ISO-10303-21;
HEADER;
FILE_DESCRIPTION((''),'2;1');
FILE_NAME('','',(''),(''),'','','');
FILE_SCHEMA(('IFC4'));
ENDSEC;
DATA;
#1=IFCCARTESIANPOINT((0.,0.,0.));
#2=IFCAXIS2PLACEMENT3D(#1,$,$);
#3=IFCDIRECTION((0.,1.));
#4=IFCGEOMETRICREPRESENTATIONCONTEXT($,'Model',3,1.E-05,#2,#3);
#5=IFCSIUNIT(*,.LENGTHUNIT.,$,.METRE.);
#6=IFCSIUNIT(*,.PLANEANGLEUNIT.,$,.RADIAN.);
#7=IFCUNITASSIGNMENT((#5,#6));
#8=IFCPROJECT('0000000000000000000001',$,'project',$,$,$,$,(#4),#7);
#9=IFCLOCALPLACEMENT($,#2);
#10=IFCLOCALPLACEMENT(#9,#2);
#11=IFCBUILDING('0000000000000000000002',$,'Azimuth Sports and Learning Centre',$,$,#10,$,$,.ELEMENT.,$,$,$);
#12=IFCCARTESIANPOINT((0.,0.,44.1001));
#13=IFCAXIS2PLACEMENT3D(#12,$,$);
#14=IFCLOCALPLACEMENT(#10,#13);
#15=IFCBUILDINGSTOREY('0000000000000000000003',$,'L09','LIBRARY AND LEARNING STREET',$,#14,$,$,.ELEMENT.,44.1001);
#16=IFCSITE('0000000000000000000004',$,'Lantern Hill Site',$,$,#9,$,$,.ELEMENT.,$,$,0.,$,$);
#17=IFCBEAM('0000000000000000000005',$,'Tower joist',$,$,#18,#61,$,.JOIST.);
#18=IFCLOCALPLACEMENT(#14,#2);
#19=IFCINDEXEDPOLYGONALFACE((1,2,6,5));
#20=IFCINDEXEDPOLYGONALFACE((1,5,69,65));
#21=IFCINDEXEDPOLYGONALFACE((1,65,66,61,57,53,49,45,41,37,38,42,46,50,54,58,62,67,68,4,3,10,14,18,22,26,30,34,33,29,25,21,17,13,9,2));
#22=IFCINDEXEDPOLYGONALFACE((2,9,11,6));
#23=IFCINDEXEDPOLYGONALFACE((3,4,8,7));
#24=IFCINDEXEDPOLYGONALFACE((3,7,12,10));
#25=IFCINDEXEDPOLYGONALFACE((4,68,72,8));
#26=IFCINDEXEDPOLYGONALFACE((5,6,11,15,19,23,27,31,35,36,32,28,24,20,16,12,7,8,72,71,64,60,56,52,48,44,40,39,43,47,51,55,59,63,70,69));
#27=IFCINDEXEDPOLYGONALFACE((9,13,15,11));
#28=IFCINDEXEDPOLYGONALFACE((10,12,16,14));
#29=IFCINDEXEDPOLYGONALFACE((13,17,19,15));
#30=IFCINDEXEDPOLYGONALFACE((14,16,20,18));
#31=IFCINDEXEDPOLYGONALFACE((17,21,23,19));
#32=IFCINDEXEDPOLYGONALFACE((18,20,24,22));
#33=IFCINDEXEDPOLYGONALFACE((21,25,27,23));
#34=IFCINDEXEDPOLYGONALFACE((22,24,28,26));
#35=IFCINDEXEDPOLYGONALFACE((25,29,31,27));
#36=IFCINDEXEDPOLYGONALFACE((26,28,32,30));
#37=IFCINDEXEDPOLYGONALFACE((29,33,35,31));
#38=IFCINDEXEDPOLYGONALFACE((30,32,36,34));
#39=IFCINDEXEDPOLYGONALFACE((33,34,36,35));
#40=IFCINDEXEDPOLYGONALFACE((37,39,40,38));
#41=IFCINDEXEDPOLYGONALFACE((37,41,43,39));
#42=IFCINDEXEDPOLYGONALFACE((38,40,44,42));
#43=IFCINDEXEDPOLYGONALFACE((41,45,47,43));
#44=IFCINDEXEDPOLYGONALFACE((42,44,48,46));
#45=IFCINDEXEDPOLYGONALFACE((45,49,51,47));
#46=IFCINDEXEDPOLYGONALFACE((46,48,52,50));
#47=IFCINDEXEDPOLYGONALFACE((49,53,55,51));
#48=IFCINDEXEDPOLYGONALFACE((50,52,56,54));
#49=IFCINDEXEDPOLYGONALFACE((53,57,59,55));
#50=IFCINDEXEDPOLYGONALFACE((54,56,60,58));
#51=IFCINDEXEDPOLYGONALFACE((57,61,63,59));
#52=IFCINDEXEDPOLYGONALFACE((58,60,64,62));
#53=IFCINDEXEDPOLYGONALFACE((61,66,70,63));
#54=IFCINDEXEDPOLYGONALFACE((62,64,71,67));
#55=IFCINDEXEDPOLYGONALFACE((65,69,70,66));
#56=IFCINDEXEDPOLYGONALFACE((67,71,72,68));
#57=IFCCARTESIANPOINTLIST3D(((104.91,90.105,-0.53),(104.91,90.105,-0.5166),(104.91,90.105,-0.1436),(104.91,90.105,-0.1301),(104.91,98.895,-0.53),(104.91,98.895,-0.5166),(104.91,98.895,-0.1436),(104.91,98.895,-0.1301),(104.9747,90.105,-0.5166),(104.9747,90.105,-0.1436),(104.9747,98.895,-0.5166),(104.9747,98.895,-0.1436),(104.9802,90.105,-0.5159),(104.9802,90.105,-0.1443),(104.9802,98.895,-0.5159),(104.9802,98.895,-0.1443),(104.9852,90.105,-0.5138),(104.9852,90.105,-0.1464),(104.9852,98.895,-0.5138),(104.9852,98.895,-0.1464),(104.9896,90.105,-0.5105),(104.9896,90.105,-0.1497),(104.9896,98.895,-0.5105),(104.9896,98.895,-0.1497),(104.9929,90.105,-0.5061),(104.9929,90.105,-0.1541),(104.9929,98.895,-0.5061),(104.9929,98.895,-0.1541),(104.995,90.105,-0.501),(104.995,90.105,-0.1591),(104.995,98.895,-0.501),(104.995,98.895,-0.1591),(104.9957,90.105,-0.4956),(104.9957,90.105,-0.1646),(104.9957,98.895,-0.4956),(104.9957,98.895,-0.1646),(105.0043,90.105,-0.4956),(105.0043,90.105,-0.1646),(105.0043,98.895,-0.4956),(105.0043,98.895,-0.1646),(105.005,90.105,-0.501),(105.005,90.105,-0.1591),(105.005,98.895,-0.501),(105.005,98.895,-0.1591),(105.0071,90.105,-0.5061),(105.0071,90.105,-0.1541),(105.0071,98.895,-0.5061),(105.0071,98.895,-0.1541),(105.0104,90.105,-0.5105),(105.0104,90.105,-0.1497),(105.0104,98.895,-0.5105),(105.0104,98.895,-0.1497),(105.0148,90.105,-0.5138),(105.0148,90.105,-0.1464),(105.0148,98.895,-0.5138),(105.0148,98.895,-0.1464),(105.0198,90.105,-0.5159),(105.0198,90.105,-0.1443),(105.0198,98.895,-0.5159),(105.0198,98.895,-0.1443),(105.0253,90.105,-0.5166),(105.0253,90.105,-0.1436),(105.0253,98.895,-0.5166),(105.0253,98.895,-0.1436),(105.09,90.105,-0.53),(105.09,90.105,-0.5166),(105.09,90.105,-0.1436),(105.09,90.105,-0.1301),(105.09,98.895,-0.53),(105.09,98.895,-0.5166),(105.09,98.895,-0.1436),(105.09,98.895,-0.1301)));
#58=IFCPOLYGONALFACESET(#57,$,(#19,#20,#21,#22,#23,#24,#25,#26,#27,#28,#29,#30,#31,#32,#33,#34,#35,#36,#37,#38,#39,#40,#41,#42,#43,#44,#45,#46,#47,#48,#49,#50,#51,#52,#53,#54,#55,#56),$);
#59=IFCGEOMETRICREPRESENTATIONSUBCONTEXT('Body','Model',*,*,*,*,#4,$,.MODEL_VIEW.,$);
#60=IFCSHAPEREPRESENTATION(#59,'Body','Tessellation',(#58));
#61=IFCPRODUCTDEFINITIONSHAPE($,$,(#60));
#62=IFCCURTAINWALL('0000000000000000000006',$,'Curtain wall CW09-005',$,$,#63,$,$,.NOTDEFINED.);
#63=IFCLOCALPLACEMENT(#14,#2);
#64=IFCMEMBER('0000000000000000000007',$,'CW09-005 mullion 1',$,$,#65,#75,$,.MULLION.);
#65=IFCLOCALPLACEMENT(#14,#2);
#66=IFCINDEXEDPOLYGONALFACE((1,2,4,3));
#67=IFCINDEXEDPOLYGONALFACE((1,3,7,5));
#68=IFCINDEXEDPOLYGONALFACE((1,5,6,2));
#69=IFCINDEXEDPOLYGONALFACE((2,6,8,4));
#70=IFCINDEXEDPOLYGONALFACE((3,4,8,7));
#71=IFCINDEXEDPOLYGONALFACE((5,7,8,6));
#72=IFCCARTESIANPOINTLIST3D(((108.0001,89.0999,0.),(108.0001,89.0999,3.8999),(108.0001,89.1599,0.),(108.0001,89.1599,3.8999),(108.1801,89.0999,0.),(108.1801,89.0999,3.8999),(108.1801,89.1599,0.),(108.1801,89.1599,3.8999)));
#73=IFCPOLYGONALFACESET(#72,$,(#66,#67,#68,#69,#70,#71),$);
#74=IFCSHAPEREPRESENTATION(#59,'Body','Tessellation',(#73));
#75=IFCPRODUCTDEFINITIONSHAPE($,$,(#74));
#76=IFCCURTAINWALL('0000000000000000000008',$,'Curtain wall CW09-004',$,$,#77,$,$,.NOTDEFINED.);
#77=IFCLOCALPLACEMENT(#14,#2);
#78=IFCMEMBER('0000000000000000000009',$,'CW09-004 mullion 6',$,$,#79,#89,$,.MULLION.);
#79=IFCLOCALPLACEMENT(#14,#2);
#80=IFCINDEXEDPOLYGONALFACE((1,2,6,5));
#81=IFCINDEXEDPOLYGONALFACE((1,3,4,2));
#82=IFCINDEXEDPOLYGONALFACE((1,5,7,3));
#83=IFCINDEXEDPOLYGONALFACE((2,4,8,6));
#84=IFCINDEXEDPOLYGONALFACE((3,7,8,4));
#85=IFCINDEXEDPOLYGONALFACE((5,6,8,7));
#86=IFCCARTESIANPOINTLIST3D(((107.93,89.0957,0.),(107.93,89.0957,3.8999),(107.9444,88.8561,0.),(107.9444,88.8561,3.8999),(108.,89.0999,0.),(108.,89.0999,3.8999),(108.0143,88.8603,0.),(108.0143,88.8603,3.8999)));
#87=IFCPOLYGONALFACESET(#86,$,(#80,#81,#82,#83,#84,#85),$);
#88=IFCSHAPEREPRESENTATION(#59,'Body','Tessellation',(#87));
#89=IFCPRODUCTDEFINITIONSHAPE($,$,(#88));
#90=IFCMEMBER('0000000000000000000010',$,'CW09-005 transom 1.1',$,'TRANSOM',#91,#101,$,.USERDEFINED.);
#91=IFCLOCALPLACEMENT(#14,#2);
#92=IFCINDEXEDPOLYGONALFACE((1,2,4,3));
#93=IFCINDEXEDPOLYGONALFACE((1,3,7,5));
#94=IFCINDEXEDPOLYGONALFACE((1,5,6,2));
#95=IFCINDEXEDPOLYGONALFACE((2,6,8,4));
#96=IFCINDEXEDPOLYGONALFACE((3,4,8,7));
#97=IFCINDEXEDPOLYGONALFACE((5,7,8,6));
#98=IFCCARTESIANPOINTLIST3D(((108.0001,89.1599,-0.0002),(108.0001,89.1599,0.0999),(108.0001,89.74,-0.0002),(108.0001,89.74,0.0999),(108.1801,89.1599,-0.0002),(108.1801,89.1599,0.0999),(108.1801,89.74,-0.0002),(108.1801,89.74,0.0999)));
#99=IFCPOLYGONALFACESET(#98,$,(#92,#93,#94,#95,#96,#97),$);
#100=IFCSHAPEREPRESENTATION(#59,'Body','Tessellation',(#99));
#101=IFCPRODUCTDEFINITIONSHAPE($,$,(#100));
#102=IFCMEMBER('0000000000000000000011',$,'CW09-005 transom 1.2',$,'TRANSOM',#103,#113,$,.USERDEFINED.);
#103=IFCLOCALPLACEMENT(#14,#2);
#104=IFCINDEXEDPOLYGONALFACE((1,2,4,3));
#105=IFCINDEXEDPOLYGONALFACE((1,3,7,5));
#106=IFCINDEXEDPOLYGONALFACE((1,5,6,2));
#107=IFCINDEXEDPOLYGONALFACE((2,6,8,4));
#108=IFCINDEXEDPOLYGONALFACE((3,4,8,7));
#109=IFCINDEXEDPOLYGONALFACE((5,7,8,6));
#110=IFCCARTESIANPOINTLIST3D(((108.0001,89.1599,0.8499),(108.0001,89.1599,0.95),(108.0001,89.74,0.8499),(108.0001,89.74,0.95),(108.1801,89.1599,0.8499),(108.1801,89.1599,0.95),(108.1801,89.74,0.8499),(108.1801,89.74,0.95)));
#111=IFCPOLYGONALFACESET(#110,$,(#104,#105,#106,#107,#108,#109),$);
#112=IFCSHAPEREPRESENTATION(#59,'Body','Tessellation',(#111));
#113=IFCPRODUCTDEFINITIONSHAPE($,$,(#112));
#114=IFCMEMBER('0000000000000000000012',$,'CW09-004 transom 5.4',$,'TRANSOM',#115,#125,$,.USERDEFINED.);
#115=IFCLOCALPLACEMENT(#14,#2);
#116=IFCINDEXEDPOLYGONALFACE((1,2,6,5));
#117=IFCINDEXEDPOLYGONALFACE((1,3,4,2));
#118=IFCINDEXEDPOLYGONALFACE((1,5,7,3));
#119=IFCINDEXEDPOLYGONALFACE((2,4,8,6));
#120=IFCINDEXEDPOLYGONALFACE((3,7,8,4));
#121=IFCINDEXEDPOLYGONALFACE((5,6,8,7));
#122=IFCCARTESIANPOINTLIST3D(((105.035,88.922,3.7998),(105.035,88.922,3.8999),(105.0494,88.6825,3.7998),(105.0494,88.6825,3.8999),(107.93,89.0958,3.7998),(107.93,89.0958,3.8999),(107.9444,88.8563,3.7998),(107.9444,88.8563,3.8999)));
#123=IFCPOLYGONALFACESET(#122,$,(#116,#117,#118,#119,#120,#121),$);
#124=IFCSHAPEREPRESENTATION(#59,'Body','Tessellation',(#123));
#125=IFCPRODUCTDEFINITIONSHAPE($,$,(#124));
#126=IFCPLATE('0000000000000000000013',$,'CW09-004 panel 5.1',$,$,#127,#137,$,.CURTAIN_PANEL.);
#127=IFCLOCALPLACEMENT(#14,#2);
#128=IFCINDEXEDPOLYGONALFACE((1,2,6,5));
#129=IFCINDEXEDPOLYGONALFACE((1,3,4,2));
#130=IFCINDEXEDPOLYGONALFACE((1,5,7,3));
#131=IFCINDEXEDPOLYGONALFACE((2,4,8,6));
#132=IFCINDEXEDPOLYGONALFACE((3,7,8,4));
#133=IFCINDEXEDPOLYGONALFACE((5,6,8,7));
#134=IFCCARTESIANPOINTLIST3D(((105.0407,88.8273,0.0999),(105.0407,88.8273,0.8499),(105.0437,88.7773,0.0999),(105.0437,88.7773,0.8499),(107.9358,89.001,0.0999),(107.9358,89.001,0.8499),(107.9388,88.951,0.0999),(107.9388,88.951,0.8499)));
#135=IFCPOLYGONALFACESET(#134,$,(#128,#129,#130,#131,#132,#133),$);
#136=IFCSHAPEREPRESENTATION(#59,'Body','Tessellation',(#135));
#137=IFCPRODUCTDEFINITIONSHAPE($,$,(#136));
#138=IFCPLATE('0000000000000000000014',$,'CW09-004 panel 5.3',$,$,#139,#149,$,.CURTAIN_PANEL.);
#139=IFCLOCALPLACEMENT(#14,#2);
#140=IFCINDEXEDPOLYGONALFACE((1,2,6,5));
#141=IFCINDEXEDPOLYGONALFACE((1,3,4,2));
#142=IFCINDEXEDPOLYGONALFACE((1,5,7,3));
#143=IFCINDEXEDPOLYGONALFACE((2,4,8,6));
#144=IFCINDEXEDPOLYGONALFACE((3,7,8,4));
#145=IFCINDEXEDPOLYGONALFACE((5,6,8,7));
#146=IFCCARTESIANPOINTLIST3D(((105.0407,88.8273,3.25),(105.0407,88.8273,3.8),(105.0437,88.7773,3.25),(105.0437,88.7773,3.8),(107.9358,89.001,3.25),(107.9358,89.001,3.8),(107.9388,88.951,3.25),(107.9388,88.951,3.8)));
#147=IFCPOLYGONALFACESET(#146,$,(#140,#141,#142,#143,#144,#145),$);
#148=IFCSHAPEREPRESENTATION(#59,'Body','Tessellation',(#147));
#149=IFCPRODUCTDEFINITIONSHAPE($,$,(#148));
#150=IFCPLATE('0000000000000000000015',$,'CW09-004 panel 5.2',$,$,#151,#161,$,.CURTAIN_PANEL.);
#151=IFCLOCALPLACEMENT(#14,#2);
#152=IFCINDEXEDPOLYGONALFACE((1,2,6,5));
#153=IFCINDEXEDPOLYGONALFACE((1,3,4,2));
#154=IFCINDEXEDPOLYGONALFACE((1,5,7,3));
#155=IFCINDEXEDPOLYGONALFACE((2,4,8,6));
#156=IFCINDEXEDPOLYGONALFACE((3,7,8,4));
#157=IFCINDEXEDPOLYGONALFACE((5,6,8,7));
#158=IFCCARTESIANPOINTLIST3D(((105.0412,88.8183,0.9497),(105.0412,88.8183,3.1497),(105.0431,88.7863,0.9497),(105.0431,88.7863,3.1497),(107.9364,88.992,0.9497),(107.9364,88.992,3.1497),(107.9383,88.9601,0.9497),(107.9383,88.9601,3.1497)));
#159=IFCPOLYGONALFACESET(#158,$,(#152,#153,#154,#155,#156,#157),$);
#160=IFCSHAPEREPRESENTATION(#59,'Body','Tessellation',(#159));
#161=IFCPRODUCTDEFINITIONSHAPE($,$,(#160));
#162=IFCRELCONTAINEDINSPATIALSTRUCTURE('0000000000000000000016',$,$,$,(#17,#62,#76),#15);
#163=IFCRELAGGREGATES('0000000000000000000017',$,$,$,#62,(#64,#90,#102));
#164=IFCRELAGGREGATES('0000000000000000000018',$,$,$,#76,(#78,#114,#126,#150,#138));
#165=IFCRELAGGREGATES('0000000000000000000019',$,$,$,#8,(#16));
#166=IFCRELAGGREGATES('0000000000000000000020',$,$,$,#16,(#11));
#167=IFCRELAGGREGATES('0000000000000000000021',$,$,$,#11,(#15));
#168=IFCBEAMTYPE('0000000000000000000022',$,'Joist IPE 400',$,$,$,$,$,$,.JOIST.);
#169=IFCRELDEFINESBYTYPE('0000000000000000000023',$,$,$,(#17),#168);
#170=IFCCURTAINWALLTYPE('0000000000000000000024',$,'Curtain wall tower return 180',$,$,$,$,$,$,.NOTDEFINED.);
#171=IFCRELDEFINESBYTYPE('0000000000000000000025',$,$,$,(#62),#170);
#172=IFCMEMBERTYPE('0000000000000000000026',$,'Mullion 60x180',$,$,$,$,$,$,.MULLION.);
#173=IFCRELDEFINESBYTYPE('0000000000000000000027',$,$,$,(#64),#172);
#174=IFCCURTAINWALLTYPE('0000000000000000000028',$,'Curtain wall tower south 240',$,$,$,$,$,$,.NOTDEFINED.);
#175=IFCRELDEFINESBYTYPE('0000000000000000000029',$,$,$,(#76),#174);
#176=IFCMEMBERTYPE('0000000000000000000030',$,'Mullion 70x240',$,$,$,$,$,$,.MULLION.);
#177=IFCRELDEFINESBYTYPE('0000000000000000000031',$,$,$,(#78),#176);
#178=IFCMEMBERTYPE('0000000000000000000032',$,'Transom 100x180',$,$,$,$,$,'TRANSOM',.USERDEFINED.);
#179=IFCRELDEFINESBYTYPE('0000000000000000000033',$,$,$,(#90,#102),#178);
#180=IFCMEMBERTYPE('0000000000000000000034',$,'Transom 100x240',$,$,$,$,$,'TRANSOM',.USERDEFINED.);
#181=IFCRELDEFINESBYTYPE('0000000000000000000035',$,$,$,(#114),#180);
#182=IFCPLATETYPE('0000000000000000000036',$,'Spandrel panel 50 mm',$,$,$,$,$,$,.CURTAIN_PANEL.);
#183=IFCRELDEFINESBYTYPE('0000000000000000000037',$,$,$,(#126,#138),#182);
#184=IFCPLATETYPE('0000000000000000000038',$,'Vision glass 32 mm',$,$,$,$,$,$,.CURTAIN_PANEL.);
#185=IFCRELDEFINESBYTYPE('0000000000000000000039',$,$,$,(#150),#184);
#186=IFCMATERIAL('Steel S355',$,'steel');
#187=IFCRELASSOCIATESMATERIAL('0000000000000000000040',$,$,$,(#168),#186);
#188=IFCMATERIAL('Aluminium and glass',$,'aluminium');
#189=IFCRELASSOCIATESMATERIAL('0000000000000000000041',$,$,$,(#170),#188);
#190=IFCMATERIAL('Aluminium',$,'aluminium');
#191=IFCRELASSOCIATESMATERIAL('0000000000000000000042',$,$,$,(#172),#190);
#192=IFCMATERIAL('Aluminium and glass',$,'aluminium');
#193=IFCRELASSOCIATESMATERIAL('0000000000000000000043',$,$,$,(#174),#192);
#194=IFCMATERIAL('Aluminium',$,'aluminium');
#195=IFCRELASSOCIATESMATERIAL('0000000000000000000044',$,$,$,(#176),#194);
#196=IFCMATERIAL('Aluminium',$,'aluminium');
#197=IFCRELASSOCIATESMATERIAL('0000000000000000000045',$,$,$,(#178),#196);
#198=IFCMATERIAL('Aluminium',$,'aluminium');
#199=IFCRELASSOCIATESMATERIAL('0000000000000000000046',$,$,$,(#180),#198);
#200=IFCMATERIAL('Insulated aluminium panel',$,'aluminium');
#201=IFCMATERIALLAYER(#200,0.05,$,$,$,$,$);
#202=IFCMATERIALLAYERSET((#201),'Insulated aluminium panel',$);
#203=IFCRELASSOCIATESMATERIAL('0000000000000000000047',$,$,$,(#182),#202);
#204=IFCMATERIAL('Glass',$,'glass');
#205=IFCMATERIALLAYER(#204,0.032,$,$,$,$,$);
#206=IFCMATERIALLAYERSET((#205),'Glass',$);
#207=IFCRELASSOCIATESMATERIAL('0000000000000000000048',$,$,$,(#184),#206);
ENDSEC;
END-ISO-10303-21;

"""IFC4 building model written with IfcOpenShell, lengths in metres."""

from ifc_helpers import new_model, si_unit, direction, frame, origin, origin_2d, place, context, subcontext, project, spatial, rectangle, i_section, extrude, material, layer, layer_set, material_profile, profile_set, type_object, element, aggregate, save


model = new_model("IFC4")

# Units and contexts
model_context = context("Model", 3, precision=1e-05, world=origin(), true_north=direction((0.0, 1.0)))
body_context = subcontext(model_context, "Body", "Model", "MODEL_VIEW")
ifc_project = project(units=[si_unit("LENGTHUNIT", "METRE"), si_unit("PLANEANGLEUNIT", "RADIAN")], contexts=[model_context])

# Site, building, storey
site_placement = place(None, origin())
site = spatial("IfcSite", under=ifc_project, at=site_placement, Name="Lantern Hill Site", CompositionType="ELEMENT", RefElevation=0.0)
building_placement = place(site_placement, origin())
building = spatial("IfcBuilding", under=site, at=building_placement, Name="Azimuth Sports and Learning Centre", CompositionType="ELEMENT")
storey_placement = place(building_placement, frame((0.0, 0.0, 44.1001)))
storey = spatial("IfcBuildingStorey", under=building, at=storey_placement, Name="L09", Description="LIBRARY AND LEARNING STREET", CompositionType="ELEMENT", Elevation=44.1001)

# Beam
ifc_material_1 = material(Name="Steel S355", Category="steel")
ifc_material_profile_1 = material_profile(ifc_material_1, i_section(OverallWidth=0.1799, OverallDepth=0.3999, WebThickness=0.0085, FlangeThickness=0.0134, FilletRadius=0.021, at=origin_2d()), Name="IPE 400")
ifc_profile_set_1 = profile_set([ifc_material_profile_1], Name="Steel S355")
beam_type_1 = type_object("IfcBeamType", Name="Joist IPE 400", PredefinedType="JOIST", material=ifc_profile_set_1)
for number, where, z_axis, x_axis, name in (
    (1, (105.0, 90.105, -0.3301), (0.0, 1.0, 0.0), (-1.0, 0.0, 0.0), "Tower joist"),
):
    element("IfcBeam", number, at=place(storey_placement, frame(where, z_axis=z_axis, x_axis=x_axis)), inside=storey, type_object=beam_type_1, Name=name, PredefinedType="JOIST", context=body_context, shape_type="SweptSolid", body=[
        extrude(i_section(OverallWidth=0.1799, OverallDepth=0.3999, WebThickness=0.0085, FlangeThickness=0.0134, FilletRadius=0.021, at=origin_2d()), origin(), (0.0, 0.0, 1.0), 8.79),
    ])

# Curtain walls, members
ifc_material_2 = material(Name="Aluminium and glass", Category="aluminium")
curtain_wall_type_1 = type_object("IfcCurtainWallType", Name="Curtain wall tower return 180", PredefinedType="NOTDEFINED", material=ifc_material_2)
curtain_wall_1_placement = place(storey_placement, origin())
curtain_wall_1 = element("IfcCurtainWall", 2, at=curtain_wall_1_placement, inside=storey, type_object=curtain_wall_type_1, Name="Curtain wall CW09-005", PredefinedType="NOTDEFINED")
ifc_material_3 = material(Name="Aluminium", Category="aluminium")
ifc_material_profile_2 = material_profile(ifc_material_3, rectangle(XDim=0.1799, YDim=0.0601, at=origin_2d()), Name="Mullion 60x180")
ifc_profile_set_2 = profile_set([ifc_material_profile_2], Name="Aluminium")
member_type_1 = type_object("IfcMemberType", Name="Mullion 60x180", PredefinedType="MULLION", material=ifc_profile_set_2)
member_1_placement = place(storey_placement, frame((108.0901, 89.1299, 0.0), z_axis=(0.0, 0.0, 1.0), x_axis=(-1.0, 0.0, 0.0)))
member_1 = element("IfcMember", 3, at=member_1_placement, type_object=member_type_1, Name="CW09-005 mullion 1", PredefinedType="MULLION", context=body_context, shape_type="SweptSolid", body=[
    extrude(rectangle(XDim=0.1799, YDim=0.0601, at=origin_2d()), origin(), (0.0, 0.0, 1.0), 3.8999),
])
ifc_material_4 = material(Name="Aluminium and glass", Category="aluminium")
curtain_wall_type_2 = type_object("IfcCurtainWallType", Name="Curtain wall tower south 240", PredefinedType="NOTDEFINED", material=ifc_material_4)
curtain_wall_2_placement = place(storey_placement, origin())
curtain_wall_2 = element("IfcCurtainWall", 4, at=curtain_wall_2_placement, inside=storey, type_object=curtain_wall_type_2, Name="Curtain wall CW09-004", PredefinedType="NOTDEFINED")
ifc_material_5 = material(Name="Aluminium", Category="aluminium")
ifc_material_profile_3 = material_profile(ifc_material_5, rectangle(XDim=0.24, YDim=0.0701, at=origin_2d()), Name="Mullion 70x240")
ifc_profile_set_3 = profile_set([ifc_material_profile_3], Name="Aluminium")
member_type_2 = type_object("IfcMemberType", Name="Mullion 70x240", PredefinedType="MULLION", material=ifc_profile_set_3)
member_2_placement = place(storey_placement, frame((107.9722, 88.978, 0.0), z_axis=(0.0, 0.0, 1.0), x_axis=(-0.059892, 0.998205, 0.0)))
member_2 = element("IfcMember", 5, at=member_2_placement, type_object=member_type_2, Name="CW09-004 mullion 6", PredefinedType="MULLION", context=body_context, shape_type="SweptSolid", body=[
    extrude(rectangle(XDim=0.24, YDim=0.0701, at=origin_2d()), origin(), (0.0, 0.0, 1.0), 3.8999),
])

# Members
ifc_material_6 = material(Name="Aluminium", Category="aluminium")
ifc_material_profile_4 = material_profile(ifc_material_6, rectangle(XDim=0.1799, YDim=0.1001, at=origin_2d()), Name="Transom 100x180")
ifc_profile_set_4 = profile_set([ifc_material_profile_4], Name="Aluminium")
member_type_3 = type_object("IfcMemberType", Name="Transom 100x180", ElementType="TRANSOM", PredefinedType="USERDEFINED", material=ifc_profile_set_4)
member_3_placement = place(storey_placement, frame((108.0901, 89.1599, 0.0498), z_axis=(0.0, 1.0, 0.0), x_axis=(-1.0, 0.0, 0.0)))
member_3 = element("IfcMember", 6, at=member_3_placement, type_object=member_type_3, Name="CW09-005 transom 1.1", ObjectType="TRANSOM", PredefinedType="USERDEFINED", context=body_context, shape_type="SweptSolid", body=[
    extrude(rectangle(XDim=0.1799, YDim=0.1001, at=origin_2d()), origin(), (0.0, 0.0, 1.0), 0.5801),
])
member_4_placement = place(storey_placement, frame((108.0901, 89.1599, 0.8999), z_axis=(0.0, 1.0, 0.0), x_axis=(-1.0, 0.0, 0.0)))
member_4 = element("IfcMember", 7, at=member_4_placement, type_object=member_type_3, Name="CW09-005 transom 1.2", ObjectType="TRANSOM", PredefinedType="USERDEFINED", context=body_context, shape_type="SweptSolid", body=[
    extrude(rectangle(XDim=0.1799, YDim=0.1001, at=origin_2d()), origin(), (0.0, 0.0, 1.0), 0.5801),
])
aggregate(curtain_wall_1, [member_1, member_3, member_4])
ifc_material_7 = material(Name="Aluminium", Category="aluminium")
ifc_material_profile_5 = material_profile(ifc_material_7, rectangle(XDim=0.24, YDim=0.1001, at=origin_2d()), Name="Transom 100x240")
ifc_profile_set_5 = profile_set([ifc_material_profile_5], Name="Aluminium")
member_type_4 = type_object("IfcMemberType", Name="Transom 100x240", ElementType="TRANSOM", PredefinedType="USERDEFINED", material=ifc_profile_set_5)
member_5_placement = place(storey_placement, frame((105.0422, 88.8022, 3.8499), z_axis=(0.998202, 0.059936, 0.0), x_axis=(-0.059936, 0.998202, 0.0)))
member_5 = element("IfcMember", 8, at=member_5_placement, type_object=member_type_4, Name="CW09-004 transom 5.4", ObjectType="TRANSOM", PredefinedType="USERDEFINED", context=body_context, shape_type="SweptSolid", body=[
    extrude(rectangle(XDim=0.24, YDim=0.1001, at=origin_2d()), origin(), (0.0, 0.0, 1.0), 2.9001),
])

# Plates
ifc_material_8 = material(Name="Insulated aluminium panel", Category="aluminium")
ifc_layer_1 = layer(ifc_material_8, 0.05)
ifc_layer_set_1 = layer_set([ifc_layer_1], Name="Insulated aluminium panel")
plate_type_1 = type_object("IfcPlateType", Name="Spandrel panel 50 mm", PredefinedType="CURTAIN_PANEL", material=ifc_layer_set_1)
plate_1_placement = place(storey_placement, frame((106.4897, 88.8892, 0.0999), z_axis=(0.0, 0.0, 1.0), x_axis=(0.998205, 0.059892, 0.0)))
plate_1 = element("IfcPlate", 9, at=plate_1_placement, type_object=plate_type_1, Name="CW09-004 panel 5.1", PredefinedType="CURTAIN_PANEL", context=body_context, shape_type="SweptSolid", body=[
    extrude(rectangle(XDim=2.9004, YDim=0.05, at=origin_2d()), origin(), (0.0, 0.0, 1.0), 0.75),
])
plate_2_placement = place(storey_placement, frame((106.4897, 88.8892, 3.25), z_axis=(0.0, 0.0, 1.0), x_axis=(0.998205, 0.059892, 0.0)))
plate_2 = element("IfcPlate", 10, at=plate_2_placement, type_object=plate_type_1, Name="CW09-004 panel 5.3", PredefinedType="CURTAIN_PANEL", context=body_context, shape_type="SweptSolid", body=[
    extrude(rectangle(XDim=2.9004, YDim=0.05, at=origin_2d()), origin(), (0.0, 0.0, 1.0), 0.55),
])
ifc_material_9 = material(Name="Glass", Category="glass")
ifc_layer_2 = layer(ifc_material_9, 0.032)
ifc_layer_set_2 = layer_set([ifc_layer_2], Name="Glass")
plate_type_2 = type_object("IfcPlateType", Name="Vision glass 32 mm", PredefinedType="CURTAIN_PANEL", material=ifc_layer_set_2)
plate_3_placement = place(storey_placement, frame((106.4897, 88.8892, 0.9497), z_axis=(0.0, 0.0, 1.0), x_axis=(0.998205, 0.059892, 0.0)))
plate_3 = element("IfcPlate", 11, at=plate_3_placement, type_object=plate_type_2, Name="CW09-004 panel 5.2", PredefinedType="CURTAIN_PANEL", context=body_context, shape_type="SweptSolid", body=[
    extrude(rectangle(XDim=2.9004, YDim=0.032, at=origin_2d()), origin(), (0.0, 0.0, 1.0), 2.2),
])
aggregate(curtain_wall_2, [member_2, member_5, plate_1, plate_3, plate_2])

save(model, "model.ifc")
